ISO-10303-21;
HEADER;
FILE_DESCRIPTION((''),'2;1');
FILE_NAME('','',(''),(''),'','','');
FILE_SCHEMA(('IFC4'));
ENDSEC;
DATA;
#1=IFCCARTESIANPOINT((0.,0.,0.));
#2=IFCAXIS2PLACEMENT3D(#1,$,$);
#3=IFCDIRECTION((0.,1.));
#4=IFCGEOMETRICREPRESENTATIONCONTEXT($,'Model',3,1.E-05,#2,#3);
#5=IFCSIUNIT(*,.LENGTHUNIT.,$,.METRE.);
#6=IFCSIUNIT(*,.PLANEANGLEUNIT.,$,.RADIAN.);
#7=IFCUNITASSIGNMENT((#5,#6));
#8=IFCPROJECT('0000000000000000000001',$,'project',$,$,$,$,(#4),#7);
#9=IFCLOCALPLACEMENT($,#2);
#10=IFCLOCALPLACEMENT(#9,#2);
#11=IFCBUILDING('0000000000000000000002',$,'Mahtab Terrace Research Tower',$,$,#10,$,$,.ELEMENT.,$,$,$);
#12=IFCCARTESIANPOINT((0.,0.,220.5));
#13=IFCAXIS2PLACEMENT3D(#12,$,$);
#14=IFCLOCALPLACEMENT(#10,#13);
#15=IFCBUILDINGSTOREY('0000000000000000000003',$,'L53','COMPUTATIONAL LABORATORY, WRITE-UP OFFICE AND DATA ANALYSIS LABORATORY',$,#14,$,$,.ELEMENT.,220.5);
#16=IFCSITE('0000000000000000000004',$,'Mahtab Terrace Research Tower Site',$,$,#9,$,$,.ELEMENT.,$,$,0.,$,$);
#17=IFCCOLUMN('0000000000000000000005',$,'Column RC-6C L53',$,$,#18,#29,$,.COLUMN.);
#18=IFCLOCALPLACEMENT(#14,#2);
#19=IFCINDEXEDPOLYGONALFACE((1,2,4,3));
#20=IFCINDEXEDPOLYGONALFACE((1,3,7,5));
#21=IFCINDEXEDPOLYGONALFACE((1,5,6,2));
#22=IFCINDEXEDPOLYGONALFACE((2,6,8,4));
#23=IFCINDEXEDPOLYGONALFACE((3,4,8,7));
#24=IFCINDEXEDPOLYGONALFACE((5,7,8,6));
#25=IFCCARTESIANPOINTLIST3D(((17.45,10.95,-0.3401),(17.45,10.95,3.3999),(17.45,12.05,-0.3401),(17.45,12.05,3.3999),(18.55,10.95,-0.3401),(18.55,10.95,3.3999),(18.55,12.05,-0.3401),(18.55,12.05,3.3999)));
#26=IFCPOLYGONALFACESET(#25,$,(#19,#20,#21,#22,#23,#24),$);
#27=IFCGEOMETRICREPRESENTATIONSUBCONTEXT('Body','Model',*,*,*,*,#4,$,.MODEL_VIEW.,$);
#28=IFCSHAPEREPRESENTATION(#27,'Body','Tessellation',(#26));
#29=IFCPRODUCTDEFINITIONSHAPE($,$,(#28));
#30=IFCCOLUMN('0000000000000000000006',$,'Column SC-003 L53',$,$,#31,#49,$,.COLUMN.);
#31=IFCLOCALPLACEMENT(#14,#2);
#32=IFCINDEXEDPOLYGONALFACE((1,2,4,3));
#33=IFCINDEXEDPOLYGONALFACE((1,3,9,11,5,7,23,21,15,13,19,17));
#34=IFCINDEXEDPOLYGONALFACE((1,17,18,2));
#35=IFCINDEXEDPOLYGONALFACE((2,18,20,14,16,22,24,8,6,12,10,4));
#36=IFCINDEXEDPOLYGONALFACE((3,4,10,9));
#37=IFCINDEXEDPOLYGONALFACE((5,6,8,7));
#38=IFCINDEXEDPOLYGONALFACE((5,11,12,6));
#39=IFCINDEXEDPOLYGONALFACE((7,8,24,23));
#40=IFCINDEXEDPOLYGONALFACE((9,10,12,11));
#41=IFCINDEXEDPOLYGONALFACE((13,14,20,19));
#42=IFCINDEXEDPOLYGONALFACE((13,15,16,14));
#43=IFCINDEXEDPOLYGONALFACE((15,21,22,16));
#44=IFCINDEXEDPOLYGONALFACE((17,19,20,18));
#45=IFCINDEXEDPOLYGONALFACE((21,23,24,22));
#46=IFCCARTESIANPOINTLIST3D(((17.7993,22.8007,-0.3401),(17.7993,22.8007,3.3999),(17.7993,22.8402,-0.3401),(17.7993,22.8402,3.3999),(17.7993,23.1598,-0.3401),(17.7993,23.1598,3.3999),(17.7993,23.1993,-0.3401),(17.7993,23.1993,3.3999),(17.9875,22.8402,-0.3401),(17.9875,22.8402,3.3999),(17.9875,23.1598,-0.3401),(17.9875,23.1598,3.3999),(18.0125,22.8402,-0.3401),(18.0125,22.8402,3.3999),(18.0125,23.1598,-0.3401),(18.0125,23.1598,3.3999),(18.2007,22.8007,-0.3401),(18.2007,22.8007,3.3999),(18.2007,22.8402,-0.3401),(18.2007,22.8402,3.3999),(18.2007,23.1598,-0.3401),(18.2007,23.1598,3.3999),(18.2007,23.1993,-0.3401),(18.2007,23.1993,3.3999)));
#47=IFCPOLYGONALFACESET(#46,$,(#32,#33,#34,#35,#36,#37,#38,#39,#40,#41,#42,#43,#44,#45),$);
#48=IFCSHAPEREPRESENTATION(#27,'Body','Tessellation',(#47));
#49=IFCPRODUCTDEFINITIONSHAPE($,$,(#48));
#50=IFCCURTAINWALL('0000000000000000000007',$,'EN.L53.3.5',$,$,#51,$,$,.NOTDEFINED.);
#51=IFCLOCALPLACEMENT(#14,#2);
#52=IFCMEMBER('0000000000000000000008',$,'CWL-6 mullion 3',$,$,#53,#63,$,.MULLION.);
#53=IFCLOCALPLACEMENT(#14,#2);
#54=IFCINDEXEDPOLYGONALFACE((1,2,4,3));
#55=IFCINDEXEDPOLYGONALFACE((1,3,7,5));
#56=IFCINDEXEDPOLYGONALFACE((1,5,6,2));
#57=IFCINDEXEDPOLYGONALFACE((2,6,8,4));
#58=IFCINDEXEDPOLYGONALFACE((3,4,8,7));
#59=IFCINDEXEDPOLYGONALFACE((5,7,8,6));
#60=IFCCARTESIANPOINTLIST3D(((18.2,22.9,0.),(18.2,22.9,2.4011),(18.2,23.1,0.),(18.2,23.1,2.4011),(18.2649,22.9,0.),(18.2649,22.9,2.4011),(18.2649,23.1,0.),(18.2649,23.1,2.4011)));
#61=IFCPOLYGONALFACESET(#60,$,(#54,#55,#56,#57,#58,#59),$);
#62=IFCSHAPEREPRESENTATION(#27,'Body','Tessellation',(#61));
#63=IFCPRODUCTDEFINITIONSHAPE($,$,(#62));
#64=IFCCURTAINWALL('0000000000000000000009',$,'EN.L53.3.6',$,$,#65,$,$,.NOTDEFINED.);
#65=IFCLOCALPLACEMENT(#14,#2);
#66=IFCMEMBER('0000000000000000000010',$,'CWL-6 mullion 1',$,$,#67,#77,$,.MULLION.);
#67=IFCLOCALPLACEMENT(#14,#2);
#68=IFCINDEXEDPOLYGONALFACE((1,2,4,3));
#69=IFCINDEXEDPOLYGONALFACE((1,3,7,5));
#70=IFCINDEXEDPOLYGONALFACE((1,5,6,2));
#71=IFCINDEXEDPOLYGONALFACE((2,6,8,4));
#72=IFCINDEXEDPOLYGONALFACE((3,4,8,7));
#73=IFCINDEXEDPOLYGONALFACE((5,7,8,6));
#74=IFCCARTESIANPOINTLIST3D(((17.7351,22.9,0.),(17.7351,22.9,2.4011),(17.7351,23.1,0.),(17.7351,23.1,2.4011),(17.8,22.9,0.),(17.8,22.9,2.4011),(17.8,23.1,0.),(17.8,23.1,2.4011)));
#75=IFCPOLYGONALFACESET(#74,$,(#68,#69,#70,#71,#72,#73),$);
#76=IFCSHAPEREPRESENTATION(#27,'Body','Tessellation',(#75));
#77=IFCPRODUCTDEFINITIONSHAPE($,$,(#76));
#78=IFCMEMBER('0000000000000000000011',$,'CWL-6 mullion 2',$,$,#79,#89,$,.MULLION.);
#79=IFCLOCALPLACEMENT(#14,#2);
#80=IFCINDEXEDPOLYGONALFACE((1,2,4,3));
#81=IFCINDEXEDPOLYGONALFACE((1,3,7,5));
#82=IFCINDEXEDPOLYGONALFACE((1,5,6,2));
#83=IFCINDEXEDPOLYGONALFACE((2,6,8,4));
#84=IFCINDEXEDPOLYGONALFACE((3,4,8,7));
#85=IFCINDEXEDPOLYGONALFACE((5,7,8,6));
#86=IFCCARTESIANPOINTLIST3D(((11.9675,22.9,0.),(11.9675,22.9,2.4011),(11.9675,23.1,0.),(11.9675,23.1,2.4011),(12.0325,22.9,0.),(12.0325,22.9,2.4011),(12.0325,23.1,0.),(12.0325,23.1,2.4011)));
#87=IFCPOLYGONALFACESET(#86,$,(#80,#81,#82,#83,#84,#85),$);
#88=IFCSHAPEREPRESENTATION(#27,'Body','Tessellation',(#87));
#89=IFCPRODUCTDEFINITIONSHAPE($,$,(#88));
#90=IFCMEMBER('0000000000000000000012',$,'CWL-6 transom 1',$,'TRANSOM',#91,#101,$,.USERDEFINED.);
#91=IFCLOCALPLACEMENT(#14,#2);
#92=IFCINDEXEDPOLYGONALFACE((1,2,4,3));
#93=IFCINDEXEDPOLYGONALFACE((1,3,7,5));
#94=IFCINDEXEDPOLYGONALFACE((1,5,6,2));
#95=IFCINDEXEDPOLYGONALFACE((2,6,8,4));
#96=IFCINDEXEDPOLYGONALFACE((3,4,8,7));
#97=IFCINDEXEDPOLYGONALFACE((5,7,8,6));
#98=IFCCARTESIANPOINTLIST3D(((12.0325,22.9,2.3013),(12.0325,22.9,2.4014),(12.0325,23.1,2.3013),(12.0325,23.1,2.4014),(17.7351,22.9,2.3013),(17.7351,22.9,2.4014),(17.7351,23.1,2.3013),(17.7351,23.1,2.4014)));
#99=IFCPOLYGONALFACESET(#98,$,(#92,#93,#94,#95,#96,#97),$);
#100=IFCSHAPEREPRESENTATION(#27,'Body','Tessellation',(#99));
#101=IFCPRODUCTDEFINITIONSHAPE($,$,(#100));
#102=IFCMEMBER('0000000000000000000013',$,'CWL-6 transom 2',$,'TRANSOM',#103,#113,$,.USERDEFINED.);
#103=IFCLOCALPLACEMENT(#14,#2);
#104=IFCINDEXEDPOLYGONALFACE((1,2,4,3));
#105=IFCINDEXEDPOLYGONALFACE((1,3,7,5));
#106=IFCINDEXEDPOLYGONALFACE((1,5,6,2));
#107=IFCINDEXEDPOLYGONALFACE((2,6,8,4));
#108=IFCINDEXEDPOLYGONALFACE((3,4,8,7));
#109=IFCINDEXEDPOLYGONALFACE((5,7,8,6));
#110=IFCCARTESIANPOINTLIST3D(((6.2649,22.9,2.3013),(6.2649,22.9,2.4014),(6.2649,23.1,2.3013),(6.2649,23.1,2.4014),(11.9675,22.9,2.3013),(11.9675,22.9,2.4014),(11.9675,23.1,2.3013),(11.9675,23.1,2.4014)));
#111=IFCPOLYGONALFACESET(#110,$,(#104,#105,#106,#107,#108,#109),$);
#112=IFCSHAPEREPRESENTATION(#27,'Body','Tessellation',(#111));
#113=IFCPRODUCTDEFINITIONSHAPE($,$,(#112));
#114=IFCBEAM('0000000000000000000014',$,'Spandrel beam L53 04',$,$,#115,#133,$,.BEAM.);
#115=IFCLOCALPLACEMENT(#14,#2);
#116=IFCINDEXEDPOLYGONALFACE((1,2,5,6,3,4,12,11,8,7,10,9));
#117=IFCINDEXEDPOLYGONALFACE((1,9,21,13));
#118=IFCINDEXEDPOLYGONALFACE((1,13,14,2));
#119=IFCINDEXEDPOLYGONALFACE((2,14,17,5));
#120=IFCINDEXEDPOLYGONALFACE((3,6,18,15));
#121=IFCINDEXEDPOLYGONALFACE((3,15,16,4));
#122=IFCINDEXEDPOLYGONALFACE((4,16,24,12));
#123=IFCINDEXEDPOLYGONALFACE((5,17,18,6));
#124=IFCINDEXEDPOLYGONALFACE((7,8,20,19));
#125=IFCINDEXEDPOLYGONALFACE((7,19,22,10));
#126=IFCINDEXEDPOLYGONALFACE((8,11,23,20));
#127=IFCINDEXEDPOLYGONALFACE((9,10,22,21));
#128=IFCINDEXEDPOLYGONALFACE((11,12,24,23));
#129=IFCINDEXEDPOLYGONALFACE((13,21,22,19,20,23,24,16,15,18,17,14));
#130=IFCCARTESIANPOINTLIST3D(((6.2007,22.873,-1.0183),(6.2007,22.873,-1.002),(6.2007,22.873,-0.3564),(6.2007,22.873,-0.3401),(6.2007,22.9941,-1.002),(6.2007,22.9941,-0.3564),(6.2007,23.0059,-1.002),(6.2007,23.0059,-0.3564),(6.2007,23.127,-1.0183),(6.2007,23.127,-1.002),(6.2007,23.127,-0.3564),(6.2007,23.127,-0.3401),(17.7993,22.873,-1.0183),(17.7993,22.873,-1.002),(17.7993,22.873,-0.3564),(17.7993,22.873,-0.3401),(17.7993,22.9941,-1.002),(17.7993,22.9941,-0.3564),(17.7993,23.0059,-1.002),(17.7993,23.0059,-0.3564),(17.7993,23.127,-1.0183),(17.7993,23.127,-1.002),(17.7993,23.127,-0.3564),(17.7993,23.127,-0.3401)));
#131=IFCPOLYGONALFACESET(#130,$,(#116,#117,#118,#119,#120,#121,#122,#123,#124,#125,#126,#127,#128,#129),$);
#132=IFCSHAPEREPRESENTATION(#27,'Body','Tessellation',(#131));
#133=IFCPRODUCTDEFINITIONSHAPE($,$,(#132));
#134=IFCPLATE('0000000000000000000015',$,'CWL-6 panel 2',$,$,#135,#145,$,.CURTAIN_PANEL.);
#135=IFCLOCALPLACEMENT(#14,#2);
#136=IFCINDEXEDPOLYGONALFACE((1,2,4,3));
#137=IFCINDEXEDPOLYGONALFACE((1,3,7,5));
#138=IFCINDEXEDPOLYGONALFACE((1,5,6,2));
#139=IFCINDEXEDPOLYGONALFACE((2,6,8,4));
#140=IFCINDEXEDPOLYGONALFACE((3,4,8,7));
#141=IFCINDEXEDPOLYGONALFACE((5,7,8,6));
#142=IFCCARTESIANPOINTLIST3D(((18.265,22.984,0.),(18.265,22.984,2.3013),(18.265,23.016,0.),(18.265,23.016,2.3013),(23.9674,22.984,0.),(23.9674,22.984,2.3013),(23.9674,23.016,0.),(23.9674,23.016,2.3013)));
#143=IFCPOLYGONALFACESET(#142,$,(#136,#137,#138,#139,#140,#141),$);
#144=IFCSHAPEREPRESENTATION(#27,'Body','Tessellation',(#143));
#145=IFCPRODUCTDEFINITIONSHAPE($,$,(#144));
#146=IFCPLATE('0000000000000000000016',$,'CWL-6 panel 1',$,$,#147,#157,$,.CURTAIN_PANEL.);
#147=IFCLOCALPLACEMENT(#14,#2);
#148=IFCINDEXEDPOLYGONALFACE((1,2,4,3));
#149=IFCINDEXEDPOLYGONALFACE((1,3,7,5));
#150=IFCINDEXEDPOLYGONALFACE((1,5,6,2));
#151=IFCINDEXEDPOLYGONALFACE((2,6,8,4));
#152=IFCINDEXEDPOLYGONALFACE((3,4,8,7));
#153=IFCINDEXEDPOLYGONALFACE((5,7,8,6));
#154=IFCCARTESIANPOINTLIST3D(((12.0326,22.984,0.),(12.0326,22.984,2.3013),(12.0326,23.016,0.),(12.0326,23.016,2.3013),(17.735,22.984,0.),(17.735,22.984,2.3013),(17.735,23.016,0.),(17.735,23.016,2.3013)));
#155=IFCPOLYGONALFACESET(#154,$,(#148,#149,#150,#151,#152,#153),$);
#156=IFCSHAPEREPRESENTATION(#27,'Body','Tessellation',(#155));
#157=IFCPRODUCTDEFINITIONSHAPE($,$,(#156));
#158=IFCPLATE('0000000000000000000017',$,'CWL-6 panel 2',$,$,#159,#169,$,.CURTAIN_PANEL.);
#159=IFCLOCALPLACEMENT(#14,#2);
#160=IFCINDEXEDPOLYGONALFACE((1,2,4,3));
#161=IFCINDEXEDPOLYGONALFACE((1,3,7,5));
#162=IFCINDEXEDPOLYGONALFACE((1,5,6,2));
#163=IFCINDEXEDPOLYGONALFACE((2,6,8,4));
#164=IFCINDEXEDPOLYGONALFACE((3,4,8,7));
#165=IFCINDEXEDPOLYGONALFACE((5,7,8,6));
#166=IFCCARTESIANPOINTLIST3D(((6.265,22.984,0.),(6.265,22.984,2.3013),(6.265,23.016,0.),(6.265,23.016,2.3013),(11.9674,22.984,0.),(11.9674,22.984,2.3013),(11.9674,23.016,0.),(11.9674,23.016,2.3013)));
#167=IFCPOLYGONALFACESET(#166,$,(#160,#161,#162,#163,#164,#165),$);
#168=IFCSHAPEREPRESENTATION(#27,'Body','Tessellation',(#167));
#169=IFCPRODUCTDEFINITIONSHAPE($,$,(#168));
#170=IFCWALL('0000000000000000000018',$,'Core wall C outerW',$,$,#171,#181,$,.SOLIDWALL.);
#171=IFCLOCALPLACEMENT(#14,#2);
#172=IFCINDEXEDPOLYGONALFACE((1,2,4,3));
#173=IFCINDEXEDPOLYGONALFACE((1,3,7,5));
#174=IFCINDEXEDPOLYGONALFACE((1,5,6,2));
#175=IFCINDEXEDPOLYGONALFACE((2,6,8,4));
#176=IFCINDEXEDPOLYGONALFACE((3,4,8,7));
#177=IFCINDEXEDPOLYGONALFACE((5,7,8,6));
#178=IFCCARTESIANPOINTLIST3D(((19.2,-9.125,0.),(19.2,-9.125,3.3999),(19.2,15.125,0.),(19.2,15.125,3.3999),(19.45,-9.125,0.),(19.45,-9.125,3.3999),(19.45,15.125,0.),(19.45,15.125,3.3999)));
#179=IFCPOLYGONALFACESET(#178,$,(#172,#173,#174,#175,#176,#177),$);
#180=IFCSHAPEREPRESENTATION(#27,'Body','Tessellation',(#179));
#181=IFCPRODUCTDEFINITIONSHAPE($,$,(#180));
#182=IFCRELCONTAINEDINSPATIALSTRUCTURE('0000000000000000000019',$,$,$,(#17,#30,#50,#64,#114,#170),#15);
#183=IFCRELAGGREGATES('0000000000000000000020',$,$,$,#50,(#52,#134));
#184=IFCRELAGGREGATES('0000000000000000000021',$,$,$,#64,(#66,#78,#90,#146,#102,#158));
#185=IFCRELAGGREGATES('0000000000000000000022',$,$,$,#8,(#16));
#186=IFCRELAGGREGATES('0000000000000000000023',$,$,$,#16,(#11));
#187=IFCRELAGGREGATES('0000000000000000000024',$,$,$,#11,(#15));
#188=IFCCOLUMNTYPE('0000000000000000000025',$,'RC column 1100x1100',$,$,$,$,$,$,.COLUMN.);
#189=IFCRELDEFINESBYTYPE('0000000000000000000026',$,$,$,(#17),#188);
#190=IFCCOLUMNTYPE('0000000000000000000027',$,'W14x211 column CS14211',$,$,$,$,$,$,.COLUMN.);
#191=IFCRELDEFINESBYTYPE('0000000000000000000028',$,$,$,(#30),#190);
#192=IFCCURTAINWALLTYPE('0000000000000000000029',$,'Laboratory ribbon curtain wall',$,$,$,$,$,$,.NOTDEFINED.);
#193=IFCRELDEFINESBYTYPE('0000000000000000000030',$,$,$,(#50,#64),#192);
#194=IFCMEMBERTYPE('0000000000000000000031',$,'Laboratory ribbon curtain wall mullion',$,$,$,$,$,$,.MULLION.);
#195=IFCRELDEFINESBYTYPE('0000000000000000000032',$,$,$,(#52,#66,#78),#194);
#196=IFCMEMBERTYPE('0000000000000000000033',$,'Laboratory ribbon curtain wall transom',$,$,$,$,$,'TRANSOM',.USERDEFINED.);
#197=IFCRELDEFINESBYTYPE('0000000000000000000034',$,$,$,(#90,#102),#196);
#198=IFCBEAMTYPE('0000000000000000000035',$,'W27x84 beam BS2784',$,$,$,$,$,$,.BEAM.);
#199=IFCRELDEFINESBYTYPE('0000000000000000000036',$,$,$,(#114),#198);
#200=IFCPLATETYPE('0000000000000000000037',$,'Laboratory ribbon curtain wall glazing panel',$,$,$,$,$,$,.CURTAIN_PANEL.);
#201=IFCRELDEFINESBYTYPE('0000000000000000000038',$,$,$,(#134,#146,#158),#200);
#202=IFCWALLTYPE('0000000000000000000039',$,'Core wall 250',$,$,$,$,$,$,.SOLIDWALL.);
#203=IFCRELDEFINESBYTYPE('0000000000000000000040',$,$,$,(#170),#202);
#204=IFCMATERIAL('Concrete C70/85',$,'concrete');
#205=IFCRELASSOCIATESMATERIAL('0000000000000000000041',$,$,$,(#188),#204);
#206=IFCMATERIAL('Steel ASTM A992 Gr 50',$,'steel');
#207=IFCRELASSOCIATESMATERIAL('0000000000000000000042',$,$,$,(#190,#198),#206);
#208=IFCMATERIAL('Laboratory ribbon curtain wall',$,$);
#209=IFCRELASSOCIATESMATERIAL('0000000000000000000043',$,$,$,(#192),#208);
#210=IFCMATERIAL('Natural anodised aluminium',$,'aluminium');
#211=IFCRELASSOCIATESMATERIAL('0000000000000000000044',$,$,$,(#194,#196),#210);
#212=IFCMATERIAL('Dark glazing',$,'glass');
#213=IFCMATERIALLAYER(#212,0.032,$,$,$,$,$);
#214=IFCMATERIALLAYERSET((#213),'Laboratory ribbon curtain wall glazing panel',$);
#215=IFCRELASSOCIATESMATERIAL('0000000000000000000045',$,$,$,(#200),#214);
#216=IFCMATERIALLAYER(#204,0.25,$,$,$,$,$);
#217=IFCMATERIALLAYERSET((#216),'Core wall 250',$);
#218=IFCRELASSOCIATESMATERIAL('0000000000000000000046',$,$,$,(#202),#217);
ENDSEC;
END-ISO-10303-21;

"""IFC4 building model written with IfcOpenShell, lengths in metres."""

from ifc_helpers import new_model, si_unit, direction, frame, frame_2d, origin, origin_2d, place, context, subcontext, project, spatial, rectangle, i_section, extrude, material, layer, layer_set, material_profile, profile_set, type_object, element, aggregate, save


model = new_model("IFC4")

# Units and contexts
model_context = context("Model", 3, precision=1e-05, world=origin(), true_north=direction((0.0, 1.0)))
body_context = subcontext(model_context, "Body", "Model", "MODEL_VIEW")
ifc_project = project(units=[si_unit("LENGTHUNIT", "METRE"), si_unit("PLANEANGLEUNIT", "RADIAN")], contexts=[model_context])

# Site, building, storey
site_placement = place(None, origin())
site = spatial("IfcSite", under=ifc_project, at=site_placement, Name="Mahtab Terrace Research Tower Site", CompositionType="ELEMENT", RefElevation=0.0)
building_placement = place(site_placement, origin())
building = spatial("IfcBuilding", under=site, at=building_placement, Name="Mahtab Terrace Research Tower", CompositionType="ELEMENT")
storey_placement = place(building_placement, frame((0.0, 0.0, 220.5)))
storey = spatial("IfcBuildingStorey", under=building, at=storey_placement, Name="L53", Description="COMPUTATIONAL LABORATORY, WRITE-UP OFFICE AND DATA ANALYSIS LABORATORY", CompositionType="ELEMENT", Elevation=220.5)

# Columns
ifc_material_1 = material(Name="Concrete C70/85", Category="concrete")
ifc_material_profile_1 = material_profile(ifc_material_1, rectangle(XDim=1.1001, YDim=1.1001, at=origin_2d()), Name="RC column 1100x1100")
ifc_profile_set_1 = profile_set([ifc_material_profile_1], Name="Concrete C70/85")
column_type_1 = type_object("IfcColumnType", Name="RC column 1100x1100", PredefinedType="COLUMN", material=ifc_profile_set_1)
column_1_placement = place(storey_placement, frame((18.0, 11.5, -0.3401), z_axis=(0.0, 0.0, 1.0), x_axis=(1.0, 0.0, 0.0)))
element("IfcColumn", 1, at=column_1_placement, inside=storey, type_object=column_type_1, Name="Column RC-6C L53", PredefinedType="COLUMN", context=body_context, shape_type="SweptSolid", body=[
    extrude(rectangle(XDim=1.1001, YDim=1.1001, at=origin_2d()), origin(), (0.0, 0.0, 1.0), 3.74),
])
ifc_material_2 = material(Name="Steel ASTM A992 Gr 50", Category="steel")
ifc_material_profile_2 = material_profile(ifc_material_2, i_section(OverallWidth=0.4014, OverallDepth=0.3987, WebThickness=0.0249, FlangeThickness=0.0396, at=origin_2d()), Name="W14X211")
ifc_profile_set_2 = profile_set([ifc_material_profile_2], Name="Steel ASTM A992 Gr 50")
column_type_2 = type_object("IfcColumnType", Name="W14x211 column CS14211", PredefinedType="COLUMN", material=ifc_profile_set_2)
column_2_placement = place(storey_placement, frame((18.0, 23.0, -0.3401), z_axis=(0.0, 0.0, 1.0), x_axis=(1.0, 0.0, 0.0)))
element("IfcColumn", 2, at=column_2_placement, inside=storey, type_object=column_type_2, Name="Column SC-003 L53", PredefinedType="COLUMN", context=body_context, shape_type="SweptSolid", body=[
    extrude(i_section(OverallWidth=0.4014, OverallDepth=0.3987, WebThickness=0.0249, FlangeThickness=0.0396, at=origin_2d()), origin(), (0.0, 0.0, 1.0), 3.74),
])

# Curtain wall, member
ifc_material_3 = material(Name="Laboratory ribbon curtain wall")
curtain_wall_type = type_object("IfcCurtainWallType", Name="Laboratory ribbon curtain wall", PredefinedType="NOTDEFINED", material=ifc_material_3)
curtain_wall_1_placement = place(storey_placement, origin())
curtain_wall_1 = element("IfcCurtainWall", 3, at=curtain_wall_1_placement, inside=storey, type_object=curtain_wall_type, Name="EN.L53.3.5", PredefinedType="NOTDEFINED")
ifc_material_4 = material(Name="Natural anodised aluminium", Category="aluminium")
ifc_material_profile_3 = material_profile(ifc_material_4, rectangle(XDim=0.2, YDim=0.0649, at=origin_2d()), Name="MULLION 65x200")
ifc_profile_set_3 = profile_set([ifc_material_profile_3], Name="Natural anodised aluminium")
member_type_1 = type_object("IfcMemberType", Name="Laboratory ribbon curtain wall mullion", PredefinedType="MULLION", material=ifc_profile_set_3)
member_1_placement = place(storey_placement, frame((18.2324, 23.0, 0.0), z_axis=(0.0, 0.0, 1.0), x_axis=(0.0, -1.0, 0.0)))
member_1 = element("IfcMember", 4, at=member_1_placement, type_object=member_type_1, Name="CWL-6 mullion 3", PredefinedType="MULLION", context=body_context, shape_type="SweptSolid", body=[
    extrude(rectangle(XDim=0.2, YDim=0.0649, at=origin_2d()), origin(), (0.0, 0.0, 1.0), 2.4011),
])

# Curtain wall, members
curtain_wall_2_placement = place(storey_placement, origin())
curtain_wall_2 = element("IfcCurtainWall", 5, at=curtain_wall_2_placement, inside=storey, type_object=curtain_wall_type, Name="EN.L53.3.6", PredefinedType="NOTDEFINED")
member_2_placement = place(storey_placement, frame((17.7676, 23.0, 0.0), z_axis=(0.0, 0.0, 1.0), x_axis=(0.0, -1.0, 0.0)))
member_2 = element("IfcMember", 6, at=member_2_placement, type_object=member_type_1, Name="CWL-6 mullion 1", PredefinedType="MULLION", context=body_context, shape_type="SweptSolid", body=[
    extrude(rectangle(XDim=0.2, YDim=0.0649, at=origin_2d()), origin(), (0.0, 0.0, 1.0), 2.4011),
])
member_3_placement = place(storey_placement, frame((12.0, 23.0, 0.0), z_axis=(0.0, 0.0, 1.0), x_axis=(0.0, -1.0, 0.0)))
member_3 = element("IfcMember", 7, at=member_3_placement, type_object=member_type_1, Name="CWL-6 mullion 2", PredefinedType="MULLION", context=body_context, shape_type="SweptSolid", body=[
    extrude(rectangle(XDim=0.2, YDim=0.0649, at=origin_2d()), origin(), (0.0, 0.0, 1.0), 2.4011),
])
ifc_material_profile_4 = material_profile(ifc_material_4, rectangle(XDim=0.2, YDim=0.1001, at=origin_2d()), Name="TRANSOM 100x200")
ifc_profile_set_4 = profile_set([ifc_material_profile_4], Name="Natural anodised aluminium")
member_type_2 = type_object("IfcMemberType", Name="Laboratory ribbon curtain wall transom", ElementType="TRANSOM", PredefinedType="USERDEFINED", material=ifc_profile_set_4)
member_4_placement = place(storey_placement, frame((17.7351, 23.0, 2.3513), z_axis=(-1.0, 0.0, 0.0), x_axis=(0.0, -1.0, 0.0)))
member_4 = element("IfcMember", 8, at=member_4_placement, type_object=member_type_2, Name="CWL-6 transom 1", ObjectType="TRANSOM", PredefinedType="USERDEFINED", context=body_context, shape_type="SweptSolid", body=[
    extrude(rectangle(XDim=0.2, YDim=0.1001, at=origin_2d()), origin(), (0.0, 0.0, 1.0), 5.7026),
])
member_5_placement = place(storey_placement, frame((11.9675, 23.0, 2.3513), z_axis=(-1.0, 0.0, 0.0), x_axis=(0.0, -1.0, 0.0)))
member_5 = element("IfcMember", 9, at=member_5_placement, type_object=member_type_2, Name="CWL-6 transom 2", ObjectType="TRANSOM", PredefinedType="USERDEFINED", context=body_context, shape_type="SweptSolid", body=[
    extrude(rectangle(XDim=0.2, YDim=0.1001, at=origin_2d()), origin(), (0.0, 0.0, 1.0), 5.7026),
])

# Beam
ifc_material_profile_5 = material_profile(ifc_material_2, i_section(OverallWidth=0.2539, OverallDepth=0.6782, WebThickness=0.0117, FlangeThickness=0.0164, at=origin_2d()), Name="W27X84")
ifc_profile_set_5 = profile_set([ifc_material_profile_5], Name="Steel ASTM A992 Gr 50")
beam_type = type_object("IfcBeamType", Name="W27x84 beam BS2784", PredefinedType="BEAM", material=ifc_profile_set_5)
beam_placement = place(storey_placement, frame((17.7993, 23.0, -0.6792), z_axis=(-1.0, 0.0, 0.0), x_axis=(0.0, -1.0, 0.0)))
element("IfcBeam", 10, at=beam_placement, inside=storey, type_object=beam_type, Name="Spandrel beam L53 04", PredefinedType="BEAM", context=body_context, shape_type="SweptSolid", body=[
    extrude(i_section(OverallWidth=0.2539, OverallDepth=0.6782, WebThickness=0.0117, FlangeThickness=0.0164, at=origin_2d()), origin(), (0.0, 0.0, 1.0), 11.5986),
])

# Plates
ifc_material_5 = material(Name="Dark glazing", Category="glass")
ifc_layer_1 = layer(ifc_material_5, 0.032)
ifc_layer_set_1 = layer_set([ifc_layer_1], Name="Laboratory ribbon curtain wall glazing panel")
plate_type = type_object("IfcPlateType", Name="Laboratory ribbon curtain wall glazing panel", PredefinedType="CURTAIN_PANEL", material=ifc_layer_set_1)
plate_1_placement = place(storey_placement, frame((21.1162, 23.0, 0.0), z_axis=(0.0, 0.0, 1.0), x_axis=(-1.0, 0.0, 0.0)))
plate_1 = element("IfcPlate", 11, at=plate_1_placement, type_object=plate_type, Name="CWL-6 panel 2", PredefinedType="CURTAIN_PANEL", context=body_context, shape_type="SweptSolid", body=[
    extrude(rectangle(XDim=5.7024, YDim=0.032, at=origin_2d()), origin(), (0.0, 0.0, 1.0), 2.3013),
])
aggregate(curtain_wall_1, [member_1, plate_1])
plate_2_placement = place(storey_placement, frame((14.8838, 23.0, 0.0), z_axis=(0.0, 0.0, 1.0), x_axis=(-1.0, 0.0, 0.0)))
plate_2 = element("IfcPlate", 12, at=plate_2_placement, type_object=plate_type, Name="CWL-6 panel 1", PredefinedType="CURTAIN_PANEL", context=body_context, shape_type="SweptSolid", body=[
    extrude(rectangle(XDim=5.7024, YDim=0.032, at=origin_2d()), origin(), (0.0, 0.0, 1.0), 2.3013),
])
plate_3_placement = place(storey_placement, frame((9.1162, 23.0, 0.0), z_axis=(0.0, 0.0, 1.0), x_axis=(-1.0, 0.0, 0.0)))
plate_3 = element("IfcPlate", 13, at=plate_3_placement, type_object=plate_type, Name="CWL-6 panel 2", PredefinedType="CURTAIN_PANEL", context=body_context, shape_type="SweptSolid", body=[
    extrude(rectangle(XDim=5.7024, YDim=0.032, at=origin_2d()), origin(), (0.0, 0.0, 1.0), 2.3013),
])
aggregate(curtain_wall_2, [member_2, member_3, member_4, plate_2, member_5, plate_3])

# Wall
ifc_layer_2 = layer(ifc_material_1, 0.25)
ifc_layer_set_2 = layer_set([ifc_layer_2], Name="Core wall 250")
wall_type_1 = type_object("IfcWallType", Name="Core wall 250", PredefinedType="SOLIDWALL", material=ifc_layer_set_2)
wall_1_placement = place(storey_placement, frame((19.325, 15.125, 0.0), z_axis=(0.0, 0.0, 1.0), x_axis=(0.0, -1.0, 0.0)))
element("IfcWall", 14, at=wall_1_placement, inside=storey, type_object=wall_type_1, Name="Core wall C outerW", PredefinedType="SOLIDWALL", context=body_context, shape_type="SweptSolid", body=[
    extrude(rectangle(XDim=24.25, YDim=0.25, at=frame_2d((12.125, 0.0))), origin(), (0.0, 0.0, 1.0), 3.3999),
])

save(model, "model.ifc")
